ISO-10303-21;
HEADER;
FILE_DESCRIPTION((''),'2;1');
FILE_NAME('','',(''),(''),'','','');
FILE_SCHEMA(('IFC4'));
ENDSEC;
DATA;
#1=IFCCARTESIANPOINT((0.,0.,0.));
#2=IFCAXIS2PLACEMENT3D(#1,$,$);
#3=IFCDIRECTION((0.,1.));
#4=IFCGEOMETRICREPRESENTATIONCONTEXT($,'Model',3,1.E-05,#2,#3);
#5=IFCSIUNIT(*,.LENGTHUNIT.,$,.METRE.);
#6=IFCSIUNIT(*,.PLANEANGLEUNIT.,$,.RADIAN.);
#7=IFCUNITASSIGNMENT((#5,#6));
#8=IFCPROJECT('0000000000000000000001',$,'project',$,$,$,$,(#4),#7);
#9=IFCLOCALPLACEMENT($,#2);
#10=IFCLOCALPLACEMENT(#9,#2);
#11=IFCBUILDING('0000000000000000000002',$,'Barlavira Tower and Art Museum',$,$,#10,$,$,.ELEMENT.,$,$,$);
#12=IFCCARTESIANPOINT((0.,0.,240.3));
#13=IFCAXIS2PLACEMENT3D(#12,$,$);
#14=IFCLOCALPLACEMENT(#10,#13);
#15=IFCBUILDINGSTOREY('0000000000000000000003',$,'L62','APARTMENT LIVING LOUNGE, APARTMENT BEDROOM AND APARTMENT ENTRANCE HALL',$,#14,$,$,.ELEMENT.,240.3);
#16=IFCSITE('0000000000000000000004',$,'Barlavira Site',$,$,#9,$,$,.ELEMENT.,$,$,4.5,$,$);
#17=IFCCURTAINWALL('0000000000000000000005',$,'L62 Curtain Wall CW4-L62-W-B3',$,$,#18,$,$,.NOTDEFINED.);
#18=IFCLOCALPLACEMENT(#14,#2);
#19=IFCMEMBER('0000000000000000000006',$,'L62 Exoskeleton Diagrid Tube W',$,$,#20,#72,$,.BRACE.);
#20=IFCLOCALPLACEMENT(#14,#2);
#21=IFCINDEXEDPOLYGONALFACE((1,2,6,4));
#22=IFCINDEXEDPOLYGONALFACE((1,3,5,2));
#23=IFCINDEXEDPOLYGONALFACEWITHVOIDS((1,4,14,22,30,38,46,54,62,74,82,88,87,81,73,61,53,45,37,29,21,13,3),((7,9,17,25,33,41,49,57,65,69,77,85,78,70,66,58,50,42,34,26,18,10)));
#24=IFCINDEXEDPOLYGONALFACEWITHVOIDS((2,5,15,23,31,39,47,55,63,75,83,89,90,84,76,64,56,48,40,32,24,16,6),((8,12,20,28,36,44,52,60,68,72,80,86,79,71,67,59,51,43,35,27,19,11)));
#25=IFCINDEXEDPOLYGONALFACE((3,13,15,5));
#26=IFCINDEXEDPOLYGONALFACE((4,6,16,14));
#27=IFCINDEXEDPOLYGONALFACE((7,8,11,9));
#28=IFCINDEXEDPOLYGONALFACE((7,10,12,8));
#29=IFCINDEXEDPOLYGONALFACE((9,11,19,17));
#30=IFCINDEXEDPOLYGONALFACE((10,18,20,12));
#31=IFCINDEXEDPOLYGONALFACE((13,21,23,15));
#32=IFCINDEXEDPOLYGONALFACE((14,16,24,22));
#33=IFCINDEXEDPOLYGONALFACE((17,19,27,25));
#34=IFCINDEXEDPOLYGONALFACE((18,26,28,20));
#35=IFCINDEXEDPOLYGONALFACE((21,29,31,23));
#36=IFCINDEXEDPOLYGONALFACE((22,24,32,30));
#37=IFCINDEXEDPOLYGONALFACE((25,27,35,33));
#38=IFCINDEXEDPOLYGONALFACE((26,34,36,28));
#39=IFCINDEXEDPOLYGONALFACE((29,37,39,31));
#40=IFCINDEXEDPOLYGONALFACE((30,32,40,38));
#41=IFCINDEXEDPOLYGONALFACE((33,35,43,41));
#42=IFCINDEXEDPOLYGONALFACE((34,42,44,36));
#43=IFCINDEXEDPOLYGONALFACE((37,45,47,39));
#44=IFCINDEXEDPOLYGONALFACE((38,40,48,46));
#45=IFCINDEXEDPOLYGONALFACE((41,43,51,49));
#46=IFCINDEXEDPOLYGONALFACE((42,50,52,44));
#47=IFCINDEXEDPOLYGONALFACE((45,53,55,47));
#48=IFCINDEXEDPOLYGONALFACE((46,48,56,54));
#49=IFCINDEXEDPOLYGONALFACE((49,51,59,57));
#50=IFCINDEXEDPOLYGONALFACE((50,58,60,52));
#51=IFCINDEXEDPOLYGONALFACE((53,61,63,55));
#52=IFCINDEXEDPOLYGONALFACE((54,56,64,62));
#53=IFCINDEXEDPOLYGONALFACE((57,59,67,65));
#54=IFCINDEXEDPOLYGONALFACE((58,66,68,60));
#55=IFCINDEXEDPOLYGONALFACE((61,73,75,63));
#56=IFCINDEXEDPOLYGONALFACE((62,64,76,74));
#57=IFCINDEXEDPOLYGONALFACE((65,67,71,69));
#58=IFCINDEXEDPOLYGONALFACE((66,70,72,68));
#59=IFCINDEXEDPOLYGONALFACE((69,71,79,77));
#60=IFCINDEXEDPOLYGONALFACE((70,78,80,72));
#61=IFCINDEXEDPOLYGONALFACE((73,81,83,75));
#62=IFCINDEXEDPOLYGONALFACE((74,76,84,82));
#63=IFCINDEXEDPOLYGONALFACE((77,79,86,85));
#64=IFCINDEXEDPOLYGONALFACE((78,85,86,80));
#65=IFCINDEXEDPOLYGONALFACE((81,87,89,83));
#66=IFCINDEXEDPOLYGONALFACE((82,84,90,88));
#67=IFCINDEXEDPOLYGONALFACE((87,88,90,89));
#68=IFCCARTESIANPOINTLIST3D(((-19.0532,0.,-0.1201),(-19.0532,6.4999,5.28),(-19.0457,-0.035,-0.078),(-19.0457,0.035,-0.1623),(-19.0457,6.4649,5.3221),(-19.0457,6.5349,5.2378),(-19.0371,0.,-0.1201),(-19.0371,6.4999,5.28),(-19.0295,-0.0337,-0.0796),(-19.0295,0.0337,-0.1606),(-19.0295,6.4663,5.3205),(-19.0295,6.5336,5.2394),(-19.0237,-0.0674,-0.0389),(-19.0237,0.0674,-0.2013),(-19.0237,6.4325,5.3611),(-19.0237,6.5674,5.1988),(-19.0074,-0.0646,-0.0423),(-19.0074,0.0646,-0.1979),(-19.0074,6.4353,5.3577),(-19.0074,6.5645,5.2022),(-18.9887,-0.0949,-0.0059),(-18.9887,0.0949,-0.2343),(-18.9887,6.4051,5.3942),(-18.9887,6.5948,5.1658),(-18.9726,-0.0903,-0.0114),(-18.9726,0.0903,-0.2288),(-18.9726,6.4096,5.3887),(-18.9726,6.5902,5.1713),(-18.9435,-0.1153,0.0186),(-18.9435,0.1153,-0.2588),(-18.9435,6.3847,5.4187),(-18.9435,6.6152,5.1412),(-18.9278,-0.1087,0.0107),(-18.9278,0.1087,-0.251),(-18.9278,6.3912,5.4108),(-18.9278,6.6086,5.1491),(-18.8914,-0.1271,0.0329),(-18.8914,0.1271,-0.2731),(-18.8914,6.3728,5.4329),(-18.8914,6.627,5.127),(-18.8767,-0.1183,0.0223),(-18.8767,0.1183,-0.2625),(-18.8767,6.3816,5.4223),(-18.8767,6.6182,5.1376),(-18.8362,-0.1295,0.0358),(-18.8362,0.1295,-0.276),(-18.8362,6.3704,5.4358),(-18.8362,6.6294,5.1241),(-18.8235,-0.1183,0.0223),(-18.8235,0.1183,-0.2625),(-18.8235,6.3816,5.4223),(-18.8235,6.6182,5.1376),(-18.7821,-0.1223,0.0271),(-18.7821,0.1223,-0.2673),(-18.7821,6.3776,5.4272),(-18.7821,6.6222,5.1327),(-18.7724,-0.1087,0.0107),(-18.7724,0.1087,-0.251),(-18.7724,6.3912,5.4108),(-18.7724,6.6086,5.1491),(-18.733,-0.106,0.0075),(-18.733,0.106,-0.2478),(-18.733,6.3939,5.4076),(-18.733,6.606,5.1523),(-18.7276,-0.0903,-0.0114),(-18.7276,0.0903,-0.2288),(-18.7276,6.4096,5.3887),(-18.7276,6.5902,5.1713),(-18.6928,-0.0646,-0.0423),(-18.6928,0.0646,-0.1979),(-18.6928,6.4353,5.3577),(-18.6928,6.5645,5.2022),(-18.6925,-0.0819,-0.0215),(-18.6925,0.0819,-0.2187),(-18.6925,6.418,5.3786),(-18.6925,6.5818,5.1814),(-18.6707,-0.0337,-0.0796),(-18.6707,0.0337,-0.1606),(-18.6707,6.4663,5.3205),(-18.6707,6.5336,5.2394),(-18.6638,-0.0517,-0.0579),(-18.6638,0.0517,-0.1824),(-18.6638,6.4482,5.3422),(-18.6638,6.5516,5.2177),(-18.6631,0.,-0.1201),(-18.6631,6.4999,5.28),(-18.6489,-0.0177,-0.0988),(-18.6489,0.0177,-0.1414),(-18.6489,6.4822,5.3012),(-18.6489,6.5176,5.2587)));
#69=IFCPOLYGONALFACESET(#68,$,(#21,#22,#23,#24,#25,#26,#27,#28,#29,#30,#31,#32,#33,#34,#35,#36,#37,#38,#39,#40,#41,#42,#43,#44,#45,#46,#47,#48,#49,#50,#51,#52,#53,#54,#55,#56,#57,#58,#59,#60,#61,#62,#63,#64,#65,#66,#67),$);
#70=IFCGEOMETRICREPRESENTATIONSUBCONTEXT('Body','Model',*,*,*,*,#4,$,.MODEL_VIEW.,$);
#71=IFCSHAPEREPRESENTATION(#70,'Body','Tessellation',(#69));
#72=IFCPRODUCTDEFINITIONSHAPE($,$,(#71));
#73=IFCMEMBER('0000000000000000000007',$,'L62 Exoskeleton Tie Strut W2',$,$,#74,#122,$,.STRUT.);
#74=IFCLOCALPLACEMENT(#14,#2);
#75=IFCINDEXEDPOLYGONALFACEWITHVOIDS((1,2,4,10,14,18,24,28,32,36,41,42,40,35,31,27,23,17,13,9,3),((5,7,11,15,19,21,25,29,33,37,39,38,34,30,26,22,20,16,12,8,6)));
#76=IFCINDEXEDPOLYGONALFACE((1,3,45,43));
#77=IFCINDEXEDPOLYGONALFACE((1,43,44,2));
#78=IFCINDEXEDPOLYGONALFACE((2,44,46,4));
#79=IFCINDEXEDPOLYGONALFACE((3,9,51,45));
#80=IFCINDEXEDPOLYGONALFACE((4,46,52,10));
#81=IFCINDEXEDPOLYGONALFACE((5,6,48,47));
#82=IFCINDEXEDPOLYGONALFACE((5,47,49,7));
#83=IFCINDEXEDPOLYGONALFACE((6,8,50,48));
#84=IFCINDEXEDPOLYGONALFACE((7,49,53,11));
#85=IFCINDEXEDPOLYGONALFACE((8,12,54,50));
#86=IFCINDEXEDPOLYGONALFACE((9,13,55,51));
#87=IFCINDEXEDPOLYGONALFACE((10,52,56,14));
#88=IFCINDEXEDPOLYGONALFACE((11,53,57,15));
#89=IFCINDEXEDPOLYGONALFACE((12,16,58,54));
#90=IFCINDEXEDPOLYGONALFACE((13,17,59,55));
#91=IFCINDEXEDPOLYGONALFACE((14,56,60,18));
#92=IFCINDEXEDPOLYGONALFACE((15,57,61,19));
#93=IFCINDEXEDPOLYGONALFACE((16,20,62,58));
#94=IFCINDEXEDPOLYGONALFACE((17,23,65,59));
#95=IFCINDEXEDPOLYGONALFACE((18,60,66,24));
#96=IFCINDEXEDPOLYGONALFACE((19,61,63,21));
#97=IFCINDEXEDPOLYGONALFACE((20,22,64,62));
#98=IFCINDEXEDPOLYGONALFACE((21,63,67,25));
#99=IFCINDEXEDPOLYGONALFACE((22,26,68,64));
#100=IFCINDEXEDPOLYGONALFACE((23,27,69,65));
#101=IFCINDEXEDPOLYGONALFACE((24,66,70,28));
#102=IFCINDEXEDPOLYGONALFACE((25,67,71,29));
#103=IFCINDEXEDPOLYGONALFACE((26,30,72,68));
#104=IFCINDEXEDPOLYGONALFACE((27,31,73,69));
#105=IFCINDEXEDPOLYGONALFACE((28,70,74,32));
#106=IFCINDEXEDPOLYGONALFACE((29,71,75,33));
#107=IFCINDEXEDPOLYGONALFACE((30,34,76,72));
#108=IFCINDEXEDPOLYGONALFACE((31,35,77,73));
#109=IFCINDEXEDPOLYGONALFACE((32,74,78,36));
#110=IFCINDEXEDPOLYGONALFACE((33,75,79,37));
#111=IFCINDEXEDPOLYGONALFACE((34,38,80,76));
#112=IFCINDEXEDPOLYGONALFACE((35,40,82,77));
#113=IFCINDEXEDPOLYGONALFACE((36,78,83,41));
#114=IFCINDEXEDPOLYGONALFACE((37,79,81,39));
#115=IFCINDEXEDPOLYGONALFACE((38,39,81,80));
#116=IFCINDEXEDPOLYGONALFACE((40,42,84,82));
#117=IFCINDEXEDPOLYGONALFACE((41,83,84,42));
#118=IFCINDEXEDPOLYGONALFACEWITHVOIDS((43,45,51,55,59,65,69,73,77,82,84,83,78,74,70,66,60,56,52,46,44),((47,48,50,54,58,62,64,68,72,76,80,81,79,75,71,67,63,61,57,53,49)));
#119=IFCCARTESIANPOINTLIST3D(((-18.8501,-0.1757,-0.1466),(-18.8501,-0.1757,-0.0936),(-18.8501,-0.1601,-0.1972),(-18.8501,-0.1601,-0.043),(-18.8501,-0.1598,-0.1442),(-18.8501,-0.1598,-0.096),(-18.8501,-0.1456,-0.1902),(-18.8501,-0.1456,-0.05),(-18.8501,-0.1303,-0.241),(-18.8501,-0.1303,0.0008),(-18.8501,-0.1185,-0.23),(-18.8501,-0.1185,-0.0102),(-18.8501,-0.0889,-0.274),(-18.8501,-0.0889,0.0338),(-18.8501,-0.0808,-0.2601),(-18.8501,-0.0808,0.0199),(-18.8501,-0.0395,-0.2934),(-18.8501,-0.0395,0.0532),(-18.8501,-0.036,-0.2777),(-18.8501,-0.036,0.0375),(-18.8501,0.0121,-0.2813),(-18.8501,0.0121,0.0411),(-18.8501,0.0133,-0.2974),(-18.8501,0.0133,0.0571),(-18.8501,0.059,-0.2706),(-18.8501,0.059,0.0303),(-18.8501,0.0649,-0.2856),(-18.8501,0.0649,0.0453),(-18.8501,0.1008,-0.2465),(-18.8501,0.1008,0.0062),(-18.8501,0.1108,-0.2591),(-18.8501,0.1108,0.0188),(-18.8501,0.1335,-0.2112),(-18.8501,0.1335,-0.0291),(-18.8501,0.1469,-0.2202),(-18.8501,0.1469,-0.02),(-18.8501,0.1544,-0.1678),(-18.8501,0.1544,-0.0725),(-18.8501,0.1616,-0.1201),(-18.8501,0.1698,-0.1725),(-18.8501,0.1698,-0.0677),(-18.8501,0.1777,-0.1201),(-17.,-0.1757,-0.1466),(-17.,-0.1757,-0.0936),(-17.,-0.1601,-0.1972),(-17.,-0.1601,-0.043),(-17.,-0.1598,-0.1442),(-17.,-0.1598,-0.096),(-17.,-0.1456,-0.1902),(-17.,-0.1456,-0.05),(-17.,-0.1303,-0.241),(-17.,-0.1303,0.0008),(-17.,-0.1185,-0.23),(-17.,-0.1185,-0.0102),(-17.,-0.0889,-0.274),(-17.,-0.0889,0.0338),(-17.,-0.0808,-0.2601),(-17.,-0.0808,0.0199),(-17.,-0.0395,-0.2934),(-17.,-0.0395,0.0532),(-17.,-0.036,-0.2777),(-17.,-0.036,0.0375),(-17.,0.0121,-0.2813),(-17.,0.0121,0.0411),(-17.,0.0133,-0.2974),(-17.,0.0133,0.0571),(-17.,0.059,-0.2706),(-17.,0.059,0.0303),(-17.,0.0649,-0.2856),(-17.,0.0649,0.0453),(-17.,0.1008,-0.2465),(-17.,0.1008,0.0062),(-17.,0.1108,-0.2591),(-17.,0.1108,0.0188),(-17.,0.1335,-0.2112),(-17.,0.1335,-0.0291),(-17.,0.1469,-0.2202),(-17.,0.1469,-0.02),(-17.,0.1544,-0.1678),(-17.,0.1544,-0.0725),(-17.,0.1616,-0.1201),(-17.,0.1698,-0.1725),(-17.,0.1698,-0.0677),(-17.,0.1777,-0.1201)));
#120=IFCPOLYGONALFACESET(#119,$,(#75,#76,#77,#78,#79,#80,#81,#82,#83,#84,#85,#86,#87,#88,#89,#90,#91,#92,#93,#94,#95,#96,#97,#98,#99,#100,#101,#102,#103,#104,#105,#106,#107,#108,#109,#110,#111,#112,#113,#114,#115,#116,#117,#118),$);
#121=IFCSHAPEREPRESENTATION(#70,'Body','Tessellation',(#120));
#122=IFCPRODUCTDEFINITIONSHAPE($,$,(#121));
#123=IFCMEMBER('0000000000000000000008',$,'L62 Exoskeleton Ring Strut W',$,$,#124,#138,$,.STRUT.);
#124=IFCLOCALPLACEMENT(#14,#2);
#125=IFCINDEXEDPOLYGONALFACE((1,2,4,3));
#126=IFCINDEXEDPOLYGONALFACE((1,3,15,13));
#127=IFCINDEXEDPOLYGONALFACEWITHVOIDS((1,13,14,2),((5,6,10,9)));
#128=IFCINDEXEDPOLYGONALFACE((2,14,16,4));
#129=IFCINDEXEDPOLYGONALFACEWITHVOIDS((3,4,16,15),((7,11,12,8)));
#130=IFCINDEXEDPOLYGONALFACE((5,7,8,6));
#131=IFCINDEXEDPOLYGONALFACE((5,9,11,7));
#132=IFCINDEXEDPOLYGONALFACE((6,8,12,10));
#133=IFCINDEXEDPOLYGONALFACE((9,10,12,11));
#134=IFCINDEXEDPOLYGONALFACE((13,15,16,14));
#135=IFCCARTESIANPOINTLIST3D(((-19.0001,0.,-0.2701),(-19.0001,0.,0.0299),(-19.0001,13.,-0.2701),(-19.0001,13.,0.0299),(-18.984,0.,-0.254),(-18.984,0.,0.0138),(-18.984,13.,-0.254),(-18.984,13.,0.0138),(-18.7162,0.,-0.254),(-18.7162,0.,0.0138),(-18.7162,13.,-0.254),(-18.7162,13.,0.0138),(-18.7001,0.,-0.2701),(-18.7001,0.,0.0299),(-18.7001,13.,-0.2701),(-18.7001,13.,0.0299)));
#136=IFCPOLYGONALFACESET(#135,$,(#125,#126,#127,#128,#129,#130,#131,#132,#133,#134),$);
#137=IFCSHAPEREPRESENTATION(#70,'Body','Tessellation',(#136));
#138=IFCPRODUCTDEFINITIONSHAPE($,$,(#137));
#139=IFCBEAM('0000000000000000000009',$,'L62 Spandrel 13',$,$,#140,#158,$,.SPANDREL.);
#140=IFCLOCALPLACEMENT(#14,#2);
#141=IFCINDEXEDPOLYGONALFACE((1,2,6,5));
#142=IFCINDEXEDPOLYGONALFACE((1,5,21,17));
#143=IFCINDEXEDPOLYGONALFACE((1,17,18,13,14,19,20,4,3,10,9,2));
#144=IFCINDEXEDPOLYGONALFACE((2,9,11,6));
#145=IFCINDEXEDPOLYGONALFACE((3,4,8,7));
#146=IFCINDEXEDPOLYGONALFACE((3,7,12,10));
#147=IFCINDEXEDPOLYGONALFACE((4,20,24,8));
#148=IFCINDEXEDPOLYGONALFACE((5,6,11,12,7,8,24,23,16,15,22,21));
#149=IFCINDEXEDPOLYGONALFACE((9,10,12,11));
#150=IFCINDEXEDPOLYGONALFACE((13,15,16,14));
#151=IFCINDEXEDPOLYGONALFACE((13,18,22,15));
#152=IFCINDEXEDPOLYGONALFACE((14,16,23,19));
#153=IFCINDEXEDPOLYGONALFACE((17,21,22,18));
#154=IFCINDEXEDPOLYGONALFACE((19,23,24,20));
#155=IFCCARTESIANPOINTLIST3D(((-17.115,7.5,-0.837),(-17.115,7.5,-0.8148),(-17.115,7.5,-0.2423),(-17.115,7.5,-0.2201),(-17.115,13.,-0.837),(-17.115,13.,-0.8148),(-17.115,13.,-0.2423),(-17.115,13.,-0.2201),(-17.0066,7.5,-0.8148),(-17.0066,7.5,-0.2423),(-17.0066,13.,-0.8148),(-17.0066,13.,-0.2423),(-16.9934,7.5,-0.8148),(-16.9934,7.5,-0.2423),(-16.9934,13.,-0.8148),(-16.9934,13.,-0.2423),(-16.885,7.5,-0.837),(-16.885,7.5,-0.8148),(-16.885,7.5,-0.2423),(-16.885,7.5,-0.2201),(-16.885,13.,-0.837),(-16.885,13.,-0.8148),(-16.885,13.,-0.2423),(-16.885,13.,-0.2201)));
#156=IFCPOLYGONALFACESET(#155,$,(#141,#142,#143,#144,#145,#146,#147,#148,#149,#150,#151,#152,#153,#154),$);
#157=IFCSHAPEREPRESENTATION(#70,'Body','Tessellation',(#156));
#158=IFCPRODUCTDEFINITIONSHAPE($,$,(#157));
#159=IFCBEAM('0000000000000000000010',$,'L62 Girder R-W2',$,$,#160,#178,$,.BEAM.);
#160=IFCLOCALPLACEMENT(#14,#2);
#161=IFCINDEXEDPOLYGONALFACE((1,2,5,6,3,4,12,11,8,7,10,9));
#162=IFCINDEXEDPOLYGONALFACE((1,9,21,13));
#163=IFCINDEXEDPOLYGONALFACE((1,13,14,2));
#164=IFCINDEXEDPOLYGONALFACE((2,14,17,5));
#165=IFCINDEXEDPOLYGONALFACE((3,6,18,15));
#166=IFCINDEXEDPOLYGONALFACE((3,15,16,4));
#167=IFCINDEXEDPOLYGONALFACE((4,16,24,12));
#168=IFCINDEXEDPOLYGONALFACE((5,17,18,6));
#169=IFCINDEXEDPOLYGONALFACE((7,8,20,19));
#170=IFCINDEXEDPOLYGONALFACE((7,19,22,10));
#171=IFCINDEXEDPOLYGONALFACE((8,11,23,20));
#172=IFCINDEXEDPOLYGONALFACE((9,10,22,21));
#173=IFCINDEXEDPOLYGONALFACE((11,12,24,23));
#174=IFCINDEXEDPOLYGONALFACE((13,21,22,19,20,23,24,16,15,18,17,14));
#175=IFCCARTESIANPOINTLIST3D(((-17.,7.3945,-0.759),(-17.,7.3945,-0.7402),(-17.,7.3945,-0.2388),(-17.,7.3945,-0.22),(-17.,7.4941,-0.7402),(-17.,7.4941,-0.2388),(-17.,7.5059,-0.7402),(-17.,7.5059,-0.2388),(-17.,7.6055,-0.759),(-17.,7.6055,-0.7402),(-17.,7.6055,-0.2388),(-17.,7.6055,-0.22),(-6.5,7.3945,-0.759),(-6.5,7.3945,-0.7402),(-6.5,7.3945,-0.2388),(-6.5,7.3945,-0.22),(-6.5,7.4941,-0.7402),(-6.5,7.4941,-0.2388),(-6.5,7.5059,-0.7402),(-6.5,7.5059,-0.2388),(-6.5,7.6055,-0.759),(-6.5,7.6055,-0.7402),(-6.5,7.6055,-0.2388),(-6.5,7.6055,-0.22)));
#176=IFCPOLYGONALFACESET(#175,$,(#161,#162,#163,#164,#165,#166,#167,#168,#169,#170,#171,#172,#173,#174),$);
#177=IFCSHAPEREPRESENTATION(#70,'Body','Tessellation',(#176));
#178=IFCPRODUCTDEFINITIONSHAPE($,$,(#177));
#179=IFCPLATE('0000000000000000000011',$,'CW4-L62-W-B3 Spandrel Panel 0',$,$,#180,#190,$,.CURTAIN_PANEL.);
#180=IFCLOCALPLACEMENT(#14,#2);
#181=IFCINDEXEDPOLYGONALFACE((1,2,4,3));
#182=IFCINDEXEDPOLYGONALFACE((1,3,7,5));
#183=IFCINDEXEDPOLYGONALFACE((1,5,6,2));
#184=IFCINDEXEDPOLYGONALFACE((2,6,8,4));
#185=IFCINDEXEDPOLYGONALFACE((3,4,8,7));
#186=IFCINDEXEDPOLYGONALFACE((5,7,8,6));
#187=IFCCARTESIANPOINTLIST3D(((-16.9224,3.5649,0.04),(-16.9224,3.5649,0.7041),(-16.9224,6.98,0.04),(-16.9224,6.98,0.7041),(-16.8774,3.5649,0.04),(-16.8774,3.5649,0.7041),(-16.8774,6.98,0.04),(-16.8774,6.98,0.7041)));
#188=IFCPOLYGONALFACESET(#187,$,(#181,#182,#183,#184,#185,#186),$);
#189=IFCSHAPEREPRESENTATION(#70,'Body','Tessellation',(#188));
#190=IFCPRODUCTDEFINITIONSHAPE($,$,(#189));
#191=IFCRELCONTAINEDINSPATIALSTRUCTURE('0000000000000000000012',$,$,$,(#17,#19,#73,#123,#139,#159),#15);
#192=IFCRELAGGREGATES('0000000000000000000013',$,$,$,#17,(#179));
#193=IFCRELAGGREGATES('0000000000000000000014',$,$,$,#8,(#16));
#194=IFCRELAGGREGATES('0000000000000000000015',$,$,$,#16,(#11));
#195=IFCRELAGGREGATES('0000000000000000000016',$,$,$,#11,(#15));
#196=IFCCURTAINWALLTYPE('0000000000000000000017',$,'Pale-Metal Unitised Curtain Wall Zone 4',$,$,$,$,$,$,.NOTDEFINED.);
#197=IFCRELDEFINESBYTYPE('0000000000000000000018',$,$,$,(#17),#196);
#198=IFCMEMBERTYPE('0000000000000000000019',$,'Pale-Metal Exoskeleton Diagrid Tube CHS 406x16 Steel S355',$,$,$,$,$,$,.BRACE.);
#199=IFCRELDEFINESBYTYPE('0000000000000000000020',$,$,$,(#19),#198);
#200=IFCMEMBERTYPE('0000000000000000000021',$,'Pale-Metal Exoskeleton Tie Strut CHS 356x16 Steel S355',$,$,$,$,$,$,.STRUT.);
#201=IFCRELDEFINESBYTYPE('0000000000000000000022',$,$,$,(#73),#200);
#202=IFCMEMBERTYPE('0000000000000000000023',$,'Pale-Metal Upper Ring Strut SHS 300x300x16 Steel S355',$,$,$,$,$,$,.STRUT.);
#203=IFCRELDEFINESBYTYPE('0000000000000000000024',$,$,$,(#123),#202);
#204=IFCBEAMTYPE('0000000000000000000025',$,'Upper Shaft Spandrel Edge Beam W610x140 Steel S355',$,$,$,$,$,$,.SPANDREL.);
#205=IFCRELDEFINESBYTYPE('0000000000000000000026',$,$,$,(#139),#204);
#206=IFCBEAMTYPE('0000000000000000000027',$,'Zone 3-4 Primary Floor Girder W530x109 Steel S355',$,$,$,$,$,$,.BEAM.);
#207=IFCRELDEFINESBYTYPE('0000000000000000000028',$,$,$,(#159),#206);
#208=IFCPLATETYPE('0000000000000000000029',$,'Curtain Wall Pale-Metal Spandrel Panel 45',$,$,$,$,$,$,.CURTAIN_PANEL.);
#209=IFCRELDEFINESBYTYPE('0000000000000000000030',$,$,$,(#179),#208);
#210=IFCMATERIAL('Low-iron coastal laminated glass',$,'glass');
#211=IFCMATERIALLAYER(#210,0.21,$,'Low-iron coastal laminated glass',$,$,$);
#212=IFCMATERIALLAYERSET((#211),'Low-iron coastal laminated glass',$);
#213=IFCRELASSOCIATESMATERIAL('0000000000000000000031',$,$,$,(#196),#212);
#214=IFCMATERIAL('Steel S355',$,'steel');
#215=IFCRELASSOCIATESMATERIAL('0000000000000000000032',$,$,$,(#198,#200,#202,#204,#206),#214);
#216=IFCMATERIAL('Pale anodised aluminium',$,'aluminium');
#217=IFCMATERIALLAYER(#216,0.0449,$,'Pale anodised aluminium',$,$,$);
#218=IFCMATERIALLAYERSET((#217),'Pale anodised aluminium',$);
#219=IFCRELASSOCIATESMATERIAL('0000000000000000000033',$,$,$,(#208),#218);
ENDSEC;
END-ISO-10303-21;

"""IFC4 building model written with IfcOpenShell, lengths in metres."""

from ifc_helpers import new_model, si_unit, direction, frame, origin, origin_2d, place, context, subcontext, project, spatial, rectangle, hollow_rectangle, hollow_circle, i_section, extrude, material, layer, layer_set, material_profile, profile_set, type_object, element, aggregate, save


model = new_model("IFC4")

# Units and contexts
model_context = context("Model", 3, precision=1e-05, world=origin(), true_north=direction((0.0, 1.0)))
body_context = subcontext(model_context, "Body", "Model", "MODEL_VIEW")
ifc_project = project(units=[si_unit("LENGTHUNIT", "METRE"), si_unit("PLANEANGLEUNIT", "RADIAN")], contexts=[model_context])

# Site, building, storey
site_placement = place(None, origin())
site = spatial("IfcSite", under=ifc_project, at=site_placement, Name="Barlavira Site", CompositionType="ELEMENT", RefElevation=4.5)
building_placement = place(site_placement, origin())
building = spatial("IfcBuilding", under=site, at=building_placement, Name="Barlavira Tower and Art Museum", CompositionType="ELEMENT")
storey_placement = place(building_placement, frame((0.0, 0.0, 240.3)))
storey = spatial("IfcBuildingStorey", under=building, at=storey_placement, Name="L62", Description="APARTMENT LIVING LOUNGE, APARTMENT BEDROOM AND APARTMENT ENTRANCE HALL", CompositionType="ELEMENT", Elevation=240.3)

# Curtain wall
ifc_material_1 = material(Name="Low-iron coastal laminated glass", Category="glass")
ifc_layer_1 = layer(ifc_material_1, 0.21, Name="Low-iron coastal laminated glass")
ifc_layer_set_1 = layer_set([ifc_layer_1], Name="Low-iron coastal laminated glass")
curtain_wall_type = type_object("IfcCurtainWallType", Name="Pale-Metal Unitised Curtain Wall Zone 4", PredefinedType="NOTDEFINED", material=ifc_layer_set_1)
curtain_wall_placement = place(storey_placement, origin())
curtain_wall = element("IfcCurtainWall", 1, at=curtain_wall_placement, inside=storey, type_object=curtain_wall_type, Name="L62 Curtain Wall CW4-L62-W-B3", PredefinedType="NOTDEFINED")
ifc_material_2 = material(Name="Pale anodised aluminium", Category="aluminium")

# Members
ifc_material_3 = material(Name="Steel S355", Category="steel")
ifc_material_profile_1 = material_profile(ifc_material_3, hollow_circle(Radius=0.2031, WallThickness=0.0161, at=origin_2d()), Name="CHS 406.4x16.0")
ifc_profile_set_1 = profile_set([ifc_material_profile_1], Name="Steel S355")
member_type_1 = type_object("IfcMemberType", Name="Pale-Metal Exoskeleton Diagrid Tube CHS 406x16 Steel S355", PredefinedType="BRACE", material=ifc_profile_set_1)
member_1_placement = place(storey_placement, frame((-18.8501, 0.0, -0.1201), z_axis=(0.0, 0.769182, 0.63903), x_axis=(-1.0, 0.0, 0.0)))
element("IfcMember", 2, at=member_1_placement, inside=storey, type_object=member_type_1, Name="L62 Exoskeleton Diagrid Tube W", PredefinedType="BRACE", context=body_context, shape_type="SweptSolid", body=[
    extrude(hollow_circle(Radius=0.2031, WallThickness=0.0161, at=origin_2d()), origin(), (0.0, 0.0, 1.0), 8.4504),
])
ifc_material_profile_2 = material_profile(ifc_material_3, hollow_circle(Radius=0.1777, WallThickness=0.0161, at=origin_2d()), Name="CHS 355.6x16.0")
ifc_profile_set_2 = profile_set([ifc_material_profile_2], Name="Steel S355")
member_type_2 = type_object("IfcMemberType", Name="Pale-Metal Exoskeleton Tie Strut CHS 356x16 Steel S355", PredefinedType="STRUT", material=ifc_profile_set_2)
member_2_placement = place(storey_placement, frame((-18.8501, 0.0, -0.1201), z_axis=(1.0, 0.0, 0.0), x_axis=(0.0, 1.0, 0.0)))
element("IfcMember", 3, at=member_2_placement, inside=storey, type_object=member_type_2, Name="L62 Exoskeleton Tie Strut W2", PredefinedType="STRUT", context=body_context, shape_type="SweptSolid", body=[
    extrude(hollow_circle(Radius=0.1777, WallThickness=0.0161, at=origin_2d()), origin(), (0.0, 0.0, 1.0), 1.8501),
])
ifc_material_profile_3 = material_profile(ifc_material_3, hollow_rectangle(XDim=0.3, YDim=0.3, WallThickness=0.0161, at=origin_2d()), Name="SHS 300x300x16.0")
ifc_profile_set_3 = profile_set([ifc_material_profile_3], Name="Steel S355")
member_type_3 = type_object("IfcMemberType", Name="Pale-Metal Upper Ring Strut SHS 300x300x16 Steel S355", PredefinedType="STRUT", material=ifc_profile_set_3)
member_3_placement = place(storey_placement, frame((-18.8501, 0.0, -0.1201), z_axis=(0.0, 1.0, 0.0), x_axis=(-1.0, 0.0, 0.0)))
element("IfcMember", 4, at=member_3_placement, inside=storey, type_object=member_type_3, Name="L62 Exoskeleton Ring Strut W", PredefinedType="STRUT", context=body_context, shape_type="SweptSolid", body=[
    extrude(hollow_rectangle(XDim=0.3, YDim=0.3, WallThickness=0.0161, at=origin_2d()), origin(), (0.0, 0.0, 1.0), 13.0),
])

# Beams
ifc_material_profile_4 = material_profile(ifc_material_3, i_section(OverallWidth=0.23, OverallDepth=0.6169, WebThickness=0.0132, FlangeThickness=0.0222, at=origin_2d()), Name="W610x140.0")
ifc_profile_set_4 = profile_set([ifc_material_profile_4], Name="Steel S355")
beam_type_1 = type_object("IfcBeamType", Name="Upper Shaft Spandrel Edge Beam W610x140 Steel S355", PredefinedType="SPANDREL", material=ifc_profile_set_4)
beam_1_placement = place(storey_placement, frame((-17.0, 7.5, -0.5286), z_axis=(0.0, 1.0, 0.0), x_axis=(-1.0, 0.0, 0.0)))
element("IfcBeam", 5, at=beam_1_placement, inside=storey, type_object=beam_type_1, Name="L62 Spandrel 13", PredefinedType="SPANDREL", context=body_context, shape_type="SweptSolid", body=[
    extrude(i_section(OverallWidth=0.23, OverallDepth=0.6169, WebThickness=0.0132, FlangeThickness=0.0222, at=origin_2d()), origin(), (0.0, 0.0, 1.0), 5.5),
])
ifc_material_profile_5 = material_profile(ifc_material_3, i_section(OverallWidth=0.2109, OverallDepth=0.5391, WebThickness=0.0117, FlangeThickness=0.0188, at=origin_2d()), Name="W530x109.0")
ifc_profile_set_5 = profile_set([ifc_material_profile_5], Name="Steel S355")
beam_type_2 = type_object("IfcBeamType", Name="Zone 3-4 Primary Floor Girder W530x109 Steel S355", PredefinedType="BEAM", material=ifc_profile_set_5)
beam_2_placement = place(storey_placement, frame((-17.0, 7.5, -0.4895), z_axis=(1.0, 0.0, 0.0), x_axis=(0.0, 1.0, 0.0)))
element("IfcBeam", 6, at=beam_2_placement, inside=storey, type_object=beam_type_2, Name="L62 Girder R-W2", PredefinedType="BEAM", context=body_context, shape_type="SweptSolid", body=[
    extrude(i_section(OverallWidth=0.2109, OverallDepth=0.5391, WebThickness=0.0117, FlangeThickness=0.0188, at=origin_2d()), origin(), (0.0, 0.0, 1.0), 10.5),
])

# Plate
ifc_layer_2 = layer(ifc_material_2, 0.0449, Name="Pale anodised aluminium")
ifc_layer_set_2 = layer_set([ifc_layer_2], Name="Pale anodised aluminium")
plate_type_1 = type_object("IfcPlateType", Name="Curtain Wall Pale-Metal Spandrel Panel 45", PredefinedType="CURTAIN_PANEL", material=ifc_layer_set_2)
plate_1_placement = place(storey_placement, frame((-16.8999, 5.2725, 0.04), z_axis=(0.0, 0.0, 1.0), x_axis=(0.0, -1.0, 0.0)))
plate_1 = element("IfcPlate", 7, at=plate_1_placement, type_object=plate_type_1, Name="CW4-L62-W-B3 Spandrel Panel 0", PredefinedType="CURTAIN_PANEL", context=body_context, shape_type="SweptSolid", body=[
    extrude(rectangle(XDim=3.415, YDim=0.0449, at=origin_2d()), origin(), (0.0, 0.0, 1.0), 0.6641),
])
aggregate(curtain_wall, [plate_1])

save(model, "model.ifc")
